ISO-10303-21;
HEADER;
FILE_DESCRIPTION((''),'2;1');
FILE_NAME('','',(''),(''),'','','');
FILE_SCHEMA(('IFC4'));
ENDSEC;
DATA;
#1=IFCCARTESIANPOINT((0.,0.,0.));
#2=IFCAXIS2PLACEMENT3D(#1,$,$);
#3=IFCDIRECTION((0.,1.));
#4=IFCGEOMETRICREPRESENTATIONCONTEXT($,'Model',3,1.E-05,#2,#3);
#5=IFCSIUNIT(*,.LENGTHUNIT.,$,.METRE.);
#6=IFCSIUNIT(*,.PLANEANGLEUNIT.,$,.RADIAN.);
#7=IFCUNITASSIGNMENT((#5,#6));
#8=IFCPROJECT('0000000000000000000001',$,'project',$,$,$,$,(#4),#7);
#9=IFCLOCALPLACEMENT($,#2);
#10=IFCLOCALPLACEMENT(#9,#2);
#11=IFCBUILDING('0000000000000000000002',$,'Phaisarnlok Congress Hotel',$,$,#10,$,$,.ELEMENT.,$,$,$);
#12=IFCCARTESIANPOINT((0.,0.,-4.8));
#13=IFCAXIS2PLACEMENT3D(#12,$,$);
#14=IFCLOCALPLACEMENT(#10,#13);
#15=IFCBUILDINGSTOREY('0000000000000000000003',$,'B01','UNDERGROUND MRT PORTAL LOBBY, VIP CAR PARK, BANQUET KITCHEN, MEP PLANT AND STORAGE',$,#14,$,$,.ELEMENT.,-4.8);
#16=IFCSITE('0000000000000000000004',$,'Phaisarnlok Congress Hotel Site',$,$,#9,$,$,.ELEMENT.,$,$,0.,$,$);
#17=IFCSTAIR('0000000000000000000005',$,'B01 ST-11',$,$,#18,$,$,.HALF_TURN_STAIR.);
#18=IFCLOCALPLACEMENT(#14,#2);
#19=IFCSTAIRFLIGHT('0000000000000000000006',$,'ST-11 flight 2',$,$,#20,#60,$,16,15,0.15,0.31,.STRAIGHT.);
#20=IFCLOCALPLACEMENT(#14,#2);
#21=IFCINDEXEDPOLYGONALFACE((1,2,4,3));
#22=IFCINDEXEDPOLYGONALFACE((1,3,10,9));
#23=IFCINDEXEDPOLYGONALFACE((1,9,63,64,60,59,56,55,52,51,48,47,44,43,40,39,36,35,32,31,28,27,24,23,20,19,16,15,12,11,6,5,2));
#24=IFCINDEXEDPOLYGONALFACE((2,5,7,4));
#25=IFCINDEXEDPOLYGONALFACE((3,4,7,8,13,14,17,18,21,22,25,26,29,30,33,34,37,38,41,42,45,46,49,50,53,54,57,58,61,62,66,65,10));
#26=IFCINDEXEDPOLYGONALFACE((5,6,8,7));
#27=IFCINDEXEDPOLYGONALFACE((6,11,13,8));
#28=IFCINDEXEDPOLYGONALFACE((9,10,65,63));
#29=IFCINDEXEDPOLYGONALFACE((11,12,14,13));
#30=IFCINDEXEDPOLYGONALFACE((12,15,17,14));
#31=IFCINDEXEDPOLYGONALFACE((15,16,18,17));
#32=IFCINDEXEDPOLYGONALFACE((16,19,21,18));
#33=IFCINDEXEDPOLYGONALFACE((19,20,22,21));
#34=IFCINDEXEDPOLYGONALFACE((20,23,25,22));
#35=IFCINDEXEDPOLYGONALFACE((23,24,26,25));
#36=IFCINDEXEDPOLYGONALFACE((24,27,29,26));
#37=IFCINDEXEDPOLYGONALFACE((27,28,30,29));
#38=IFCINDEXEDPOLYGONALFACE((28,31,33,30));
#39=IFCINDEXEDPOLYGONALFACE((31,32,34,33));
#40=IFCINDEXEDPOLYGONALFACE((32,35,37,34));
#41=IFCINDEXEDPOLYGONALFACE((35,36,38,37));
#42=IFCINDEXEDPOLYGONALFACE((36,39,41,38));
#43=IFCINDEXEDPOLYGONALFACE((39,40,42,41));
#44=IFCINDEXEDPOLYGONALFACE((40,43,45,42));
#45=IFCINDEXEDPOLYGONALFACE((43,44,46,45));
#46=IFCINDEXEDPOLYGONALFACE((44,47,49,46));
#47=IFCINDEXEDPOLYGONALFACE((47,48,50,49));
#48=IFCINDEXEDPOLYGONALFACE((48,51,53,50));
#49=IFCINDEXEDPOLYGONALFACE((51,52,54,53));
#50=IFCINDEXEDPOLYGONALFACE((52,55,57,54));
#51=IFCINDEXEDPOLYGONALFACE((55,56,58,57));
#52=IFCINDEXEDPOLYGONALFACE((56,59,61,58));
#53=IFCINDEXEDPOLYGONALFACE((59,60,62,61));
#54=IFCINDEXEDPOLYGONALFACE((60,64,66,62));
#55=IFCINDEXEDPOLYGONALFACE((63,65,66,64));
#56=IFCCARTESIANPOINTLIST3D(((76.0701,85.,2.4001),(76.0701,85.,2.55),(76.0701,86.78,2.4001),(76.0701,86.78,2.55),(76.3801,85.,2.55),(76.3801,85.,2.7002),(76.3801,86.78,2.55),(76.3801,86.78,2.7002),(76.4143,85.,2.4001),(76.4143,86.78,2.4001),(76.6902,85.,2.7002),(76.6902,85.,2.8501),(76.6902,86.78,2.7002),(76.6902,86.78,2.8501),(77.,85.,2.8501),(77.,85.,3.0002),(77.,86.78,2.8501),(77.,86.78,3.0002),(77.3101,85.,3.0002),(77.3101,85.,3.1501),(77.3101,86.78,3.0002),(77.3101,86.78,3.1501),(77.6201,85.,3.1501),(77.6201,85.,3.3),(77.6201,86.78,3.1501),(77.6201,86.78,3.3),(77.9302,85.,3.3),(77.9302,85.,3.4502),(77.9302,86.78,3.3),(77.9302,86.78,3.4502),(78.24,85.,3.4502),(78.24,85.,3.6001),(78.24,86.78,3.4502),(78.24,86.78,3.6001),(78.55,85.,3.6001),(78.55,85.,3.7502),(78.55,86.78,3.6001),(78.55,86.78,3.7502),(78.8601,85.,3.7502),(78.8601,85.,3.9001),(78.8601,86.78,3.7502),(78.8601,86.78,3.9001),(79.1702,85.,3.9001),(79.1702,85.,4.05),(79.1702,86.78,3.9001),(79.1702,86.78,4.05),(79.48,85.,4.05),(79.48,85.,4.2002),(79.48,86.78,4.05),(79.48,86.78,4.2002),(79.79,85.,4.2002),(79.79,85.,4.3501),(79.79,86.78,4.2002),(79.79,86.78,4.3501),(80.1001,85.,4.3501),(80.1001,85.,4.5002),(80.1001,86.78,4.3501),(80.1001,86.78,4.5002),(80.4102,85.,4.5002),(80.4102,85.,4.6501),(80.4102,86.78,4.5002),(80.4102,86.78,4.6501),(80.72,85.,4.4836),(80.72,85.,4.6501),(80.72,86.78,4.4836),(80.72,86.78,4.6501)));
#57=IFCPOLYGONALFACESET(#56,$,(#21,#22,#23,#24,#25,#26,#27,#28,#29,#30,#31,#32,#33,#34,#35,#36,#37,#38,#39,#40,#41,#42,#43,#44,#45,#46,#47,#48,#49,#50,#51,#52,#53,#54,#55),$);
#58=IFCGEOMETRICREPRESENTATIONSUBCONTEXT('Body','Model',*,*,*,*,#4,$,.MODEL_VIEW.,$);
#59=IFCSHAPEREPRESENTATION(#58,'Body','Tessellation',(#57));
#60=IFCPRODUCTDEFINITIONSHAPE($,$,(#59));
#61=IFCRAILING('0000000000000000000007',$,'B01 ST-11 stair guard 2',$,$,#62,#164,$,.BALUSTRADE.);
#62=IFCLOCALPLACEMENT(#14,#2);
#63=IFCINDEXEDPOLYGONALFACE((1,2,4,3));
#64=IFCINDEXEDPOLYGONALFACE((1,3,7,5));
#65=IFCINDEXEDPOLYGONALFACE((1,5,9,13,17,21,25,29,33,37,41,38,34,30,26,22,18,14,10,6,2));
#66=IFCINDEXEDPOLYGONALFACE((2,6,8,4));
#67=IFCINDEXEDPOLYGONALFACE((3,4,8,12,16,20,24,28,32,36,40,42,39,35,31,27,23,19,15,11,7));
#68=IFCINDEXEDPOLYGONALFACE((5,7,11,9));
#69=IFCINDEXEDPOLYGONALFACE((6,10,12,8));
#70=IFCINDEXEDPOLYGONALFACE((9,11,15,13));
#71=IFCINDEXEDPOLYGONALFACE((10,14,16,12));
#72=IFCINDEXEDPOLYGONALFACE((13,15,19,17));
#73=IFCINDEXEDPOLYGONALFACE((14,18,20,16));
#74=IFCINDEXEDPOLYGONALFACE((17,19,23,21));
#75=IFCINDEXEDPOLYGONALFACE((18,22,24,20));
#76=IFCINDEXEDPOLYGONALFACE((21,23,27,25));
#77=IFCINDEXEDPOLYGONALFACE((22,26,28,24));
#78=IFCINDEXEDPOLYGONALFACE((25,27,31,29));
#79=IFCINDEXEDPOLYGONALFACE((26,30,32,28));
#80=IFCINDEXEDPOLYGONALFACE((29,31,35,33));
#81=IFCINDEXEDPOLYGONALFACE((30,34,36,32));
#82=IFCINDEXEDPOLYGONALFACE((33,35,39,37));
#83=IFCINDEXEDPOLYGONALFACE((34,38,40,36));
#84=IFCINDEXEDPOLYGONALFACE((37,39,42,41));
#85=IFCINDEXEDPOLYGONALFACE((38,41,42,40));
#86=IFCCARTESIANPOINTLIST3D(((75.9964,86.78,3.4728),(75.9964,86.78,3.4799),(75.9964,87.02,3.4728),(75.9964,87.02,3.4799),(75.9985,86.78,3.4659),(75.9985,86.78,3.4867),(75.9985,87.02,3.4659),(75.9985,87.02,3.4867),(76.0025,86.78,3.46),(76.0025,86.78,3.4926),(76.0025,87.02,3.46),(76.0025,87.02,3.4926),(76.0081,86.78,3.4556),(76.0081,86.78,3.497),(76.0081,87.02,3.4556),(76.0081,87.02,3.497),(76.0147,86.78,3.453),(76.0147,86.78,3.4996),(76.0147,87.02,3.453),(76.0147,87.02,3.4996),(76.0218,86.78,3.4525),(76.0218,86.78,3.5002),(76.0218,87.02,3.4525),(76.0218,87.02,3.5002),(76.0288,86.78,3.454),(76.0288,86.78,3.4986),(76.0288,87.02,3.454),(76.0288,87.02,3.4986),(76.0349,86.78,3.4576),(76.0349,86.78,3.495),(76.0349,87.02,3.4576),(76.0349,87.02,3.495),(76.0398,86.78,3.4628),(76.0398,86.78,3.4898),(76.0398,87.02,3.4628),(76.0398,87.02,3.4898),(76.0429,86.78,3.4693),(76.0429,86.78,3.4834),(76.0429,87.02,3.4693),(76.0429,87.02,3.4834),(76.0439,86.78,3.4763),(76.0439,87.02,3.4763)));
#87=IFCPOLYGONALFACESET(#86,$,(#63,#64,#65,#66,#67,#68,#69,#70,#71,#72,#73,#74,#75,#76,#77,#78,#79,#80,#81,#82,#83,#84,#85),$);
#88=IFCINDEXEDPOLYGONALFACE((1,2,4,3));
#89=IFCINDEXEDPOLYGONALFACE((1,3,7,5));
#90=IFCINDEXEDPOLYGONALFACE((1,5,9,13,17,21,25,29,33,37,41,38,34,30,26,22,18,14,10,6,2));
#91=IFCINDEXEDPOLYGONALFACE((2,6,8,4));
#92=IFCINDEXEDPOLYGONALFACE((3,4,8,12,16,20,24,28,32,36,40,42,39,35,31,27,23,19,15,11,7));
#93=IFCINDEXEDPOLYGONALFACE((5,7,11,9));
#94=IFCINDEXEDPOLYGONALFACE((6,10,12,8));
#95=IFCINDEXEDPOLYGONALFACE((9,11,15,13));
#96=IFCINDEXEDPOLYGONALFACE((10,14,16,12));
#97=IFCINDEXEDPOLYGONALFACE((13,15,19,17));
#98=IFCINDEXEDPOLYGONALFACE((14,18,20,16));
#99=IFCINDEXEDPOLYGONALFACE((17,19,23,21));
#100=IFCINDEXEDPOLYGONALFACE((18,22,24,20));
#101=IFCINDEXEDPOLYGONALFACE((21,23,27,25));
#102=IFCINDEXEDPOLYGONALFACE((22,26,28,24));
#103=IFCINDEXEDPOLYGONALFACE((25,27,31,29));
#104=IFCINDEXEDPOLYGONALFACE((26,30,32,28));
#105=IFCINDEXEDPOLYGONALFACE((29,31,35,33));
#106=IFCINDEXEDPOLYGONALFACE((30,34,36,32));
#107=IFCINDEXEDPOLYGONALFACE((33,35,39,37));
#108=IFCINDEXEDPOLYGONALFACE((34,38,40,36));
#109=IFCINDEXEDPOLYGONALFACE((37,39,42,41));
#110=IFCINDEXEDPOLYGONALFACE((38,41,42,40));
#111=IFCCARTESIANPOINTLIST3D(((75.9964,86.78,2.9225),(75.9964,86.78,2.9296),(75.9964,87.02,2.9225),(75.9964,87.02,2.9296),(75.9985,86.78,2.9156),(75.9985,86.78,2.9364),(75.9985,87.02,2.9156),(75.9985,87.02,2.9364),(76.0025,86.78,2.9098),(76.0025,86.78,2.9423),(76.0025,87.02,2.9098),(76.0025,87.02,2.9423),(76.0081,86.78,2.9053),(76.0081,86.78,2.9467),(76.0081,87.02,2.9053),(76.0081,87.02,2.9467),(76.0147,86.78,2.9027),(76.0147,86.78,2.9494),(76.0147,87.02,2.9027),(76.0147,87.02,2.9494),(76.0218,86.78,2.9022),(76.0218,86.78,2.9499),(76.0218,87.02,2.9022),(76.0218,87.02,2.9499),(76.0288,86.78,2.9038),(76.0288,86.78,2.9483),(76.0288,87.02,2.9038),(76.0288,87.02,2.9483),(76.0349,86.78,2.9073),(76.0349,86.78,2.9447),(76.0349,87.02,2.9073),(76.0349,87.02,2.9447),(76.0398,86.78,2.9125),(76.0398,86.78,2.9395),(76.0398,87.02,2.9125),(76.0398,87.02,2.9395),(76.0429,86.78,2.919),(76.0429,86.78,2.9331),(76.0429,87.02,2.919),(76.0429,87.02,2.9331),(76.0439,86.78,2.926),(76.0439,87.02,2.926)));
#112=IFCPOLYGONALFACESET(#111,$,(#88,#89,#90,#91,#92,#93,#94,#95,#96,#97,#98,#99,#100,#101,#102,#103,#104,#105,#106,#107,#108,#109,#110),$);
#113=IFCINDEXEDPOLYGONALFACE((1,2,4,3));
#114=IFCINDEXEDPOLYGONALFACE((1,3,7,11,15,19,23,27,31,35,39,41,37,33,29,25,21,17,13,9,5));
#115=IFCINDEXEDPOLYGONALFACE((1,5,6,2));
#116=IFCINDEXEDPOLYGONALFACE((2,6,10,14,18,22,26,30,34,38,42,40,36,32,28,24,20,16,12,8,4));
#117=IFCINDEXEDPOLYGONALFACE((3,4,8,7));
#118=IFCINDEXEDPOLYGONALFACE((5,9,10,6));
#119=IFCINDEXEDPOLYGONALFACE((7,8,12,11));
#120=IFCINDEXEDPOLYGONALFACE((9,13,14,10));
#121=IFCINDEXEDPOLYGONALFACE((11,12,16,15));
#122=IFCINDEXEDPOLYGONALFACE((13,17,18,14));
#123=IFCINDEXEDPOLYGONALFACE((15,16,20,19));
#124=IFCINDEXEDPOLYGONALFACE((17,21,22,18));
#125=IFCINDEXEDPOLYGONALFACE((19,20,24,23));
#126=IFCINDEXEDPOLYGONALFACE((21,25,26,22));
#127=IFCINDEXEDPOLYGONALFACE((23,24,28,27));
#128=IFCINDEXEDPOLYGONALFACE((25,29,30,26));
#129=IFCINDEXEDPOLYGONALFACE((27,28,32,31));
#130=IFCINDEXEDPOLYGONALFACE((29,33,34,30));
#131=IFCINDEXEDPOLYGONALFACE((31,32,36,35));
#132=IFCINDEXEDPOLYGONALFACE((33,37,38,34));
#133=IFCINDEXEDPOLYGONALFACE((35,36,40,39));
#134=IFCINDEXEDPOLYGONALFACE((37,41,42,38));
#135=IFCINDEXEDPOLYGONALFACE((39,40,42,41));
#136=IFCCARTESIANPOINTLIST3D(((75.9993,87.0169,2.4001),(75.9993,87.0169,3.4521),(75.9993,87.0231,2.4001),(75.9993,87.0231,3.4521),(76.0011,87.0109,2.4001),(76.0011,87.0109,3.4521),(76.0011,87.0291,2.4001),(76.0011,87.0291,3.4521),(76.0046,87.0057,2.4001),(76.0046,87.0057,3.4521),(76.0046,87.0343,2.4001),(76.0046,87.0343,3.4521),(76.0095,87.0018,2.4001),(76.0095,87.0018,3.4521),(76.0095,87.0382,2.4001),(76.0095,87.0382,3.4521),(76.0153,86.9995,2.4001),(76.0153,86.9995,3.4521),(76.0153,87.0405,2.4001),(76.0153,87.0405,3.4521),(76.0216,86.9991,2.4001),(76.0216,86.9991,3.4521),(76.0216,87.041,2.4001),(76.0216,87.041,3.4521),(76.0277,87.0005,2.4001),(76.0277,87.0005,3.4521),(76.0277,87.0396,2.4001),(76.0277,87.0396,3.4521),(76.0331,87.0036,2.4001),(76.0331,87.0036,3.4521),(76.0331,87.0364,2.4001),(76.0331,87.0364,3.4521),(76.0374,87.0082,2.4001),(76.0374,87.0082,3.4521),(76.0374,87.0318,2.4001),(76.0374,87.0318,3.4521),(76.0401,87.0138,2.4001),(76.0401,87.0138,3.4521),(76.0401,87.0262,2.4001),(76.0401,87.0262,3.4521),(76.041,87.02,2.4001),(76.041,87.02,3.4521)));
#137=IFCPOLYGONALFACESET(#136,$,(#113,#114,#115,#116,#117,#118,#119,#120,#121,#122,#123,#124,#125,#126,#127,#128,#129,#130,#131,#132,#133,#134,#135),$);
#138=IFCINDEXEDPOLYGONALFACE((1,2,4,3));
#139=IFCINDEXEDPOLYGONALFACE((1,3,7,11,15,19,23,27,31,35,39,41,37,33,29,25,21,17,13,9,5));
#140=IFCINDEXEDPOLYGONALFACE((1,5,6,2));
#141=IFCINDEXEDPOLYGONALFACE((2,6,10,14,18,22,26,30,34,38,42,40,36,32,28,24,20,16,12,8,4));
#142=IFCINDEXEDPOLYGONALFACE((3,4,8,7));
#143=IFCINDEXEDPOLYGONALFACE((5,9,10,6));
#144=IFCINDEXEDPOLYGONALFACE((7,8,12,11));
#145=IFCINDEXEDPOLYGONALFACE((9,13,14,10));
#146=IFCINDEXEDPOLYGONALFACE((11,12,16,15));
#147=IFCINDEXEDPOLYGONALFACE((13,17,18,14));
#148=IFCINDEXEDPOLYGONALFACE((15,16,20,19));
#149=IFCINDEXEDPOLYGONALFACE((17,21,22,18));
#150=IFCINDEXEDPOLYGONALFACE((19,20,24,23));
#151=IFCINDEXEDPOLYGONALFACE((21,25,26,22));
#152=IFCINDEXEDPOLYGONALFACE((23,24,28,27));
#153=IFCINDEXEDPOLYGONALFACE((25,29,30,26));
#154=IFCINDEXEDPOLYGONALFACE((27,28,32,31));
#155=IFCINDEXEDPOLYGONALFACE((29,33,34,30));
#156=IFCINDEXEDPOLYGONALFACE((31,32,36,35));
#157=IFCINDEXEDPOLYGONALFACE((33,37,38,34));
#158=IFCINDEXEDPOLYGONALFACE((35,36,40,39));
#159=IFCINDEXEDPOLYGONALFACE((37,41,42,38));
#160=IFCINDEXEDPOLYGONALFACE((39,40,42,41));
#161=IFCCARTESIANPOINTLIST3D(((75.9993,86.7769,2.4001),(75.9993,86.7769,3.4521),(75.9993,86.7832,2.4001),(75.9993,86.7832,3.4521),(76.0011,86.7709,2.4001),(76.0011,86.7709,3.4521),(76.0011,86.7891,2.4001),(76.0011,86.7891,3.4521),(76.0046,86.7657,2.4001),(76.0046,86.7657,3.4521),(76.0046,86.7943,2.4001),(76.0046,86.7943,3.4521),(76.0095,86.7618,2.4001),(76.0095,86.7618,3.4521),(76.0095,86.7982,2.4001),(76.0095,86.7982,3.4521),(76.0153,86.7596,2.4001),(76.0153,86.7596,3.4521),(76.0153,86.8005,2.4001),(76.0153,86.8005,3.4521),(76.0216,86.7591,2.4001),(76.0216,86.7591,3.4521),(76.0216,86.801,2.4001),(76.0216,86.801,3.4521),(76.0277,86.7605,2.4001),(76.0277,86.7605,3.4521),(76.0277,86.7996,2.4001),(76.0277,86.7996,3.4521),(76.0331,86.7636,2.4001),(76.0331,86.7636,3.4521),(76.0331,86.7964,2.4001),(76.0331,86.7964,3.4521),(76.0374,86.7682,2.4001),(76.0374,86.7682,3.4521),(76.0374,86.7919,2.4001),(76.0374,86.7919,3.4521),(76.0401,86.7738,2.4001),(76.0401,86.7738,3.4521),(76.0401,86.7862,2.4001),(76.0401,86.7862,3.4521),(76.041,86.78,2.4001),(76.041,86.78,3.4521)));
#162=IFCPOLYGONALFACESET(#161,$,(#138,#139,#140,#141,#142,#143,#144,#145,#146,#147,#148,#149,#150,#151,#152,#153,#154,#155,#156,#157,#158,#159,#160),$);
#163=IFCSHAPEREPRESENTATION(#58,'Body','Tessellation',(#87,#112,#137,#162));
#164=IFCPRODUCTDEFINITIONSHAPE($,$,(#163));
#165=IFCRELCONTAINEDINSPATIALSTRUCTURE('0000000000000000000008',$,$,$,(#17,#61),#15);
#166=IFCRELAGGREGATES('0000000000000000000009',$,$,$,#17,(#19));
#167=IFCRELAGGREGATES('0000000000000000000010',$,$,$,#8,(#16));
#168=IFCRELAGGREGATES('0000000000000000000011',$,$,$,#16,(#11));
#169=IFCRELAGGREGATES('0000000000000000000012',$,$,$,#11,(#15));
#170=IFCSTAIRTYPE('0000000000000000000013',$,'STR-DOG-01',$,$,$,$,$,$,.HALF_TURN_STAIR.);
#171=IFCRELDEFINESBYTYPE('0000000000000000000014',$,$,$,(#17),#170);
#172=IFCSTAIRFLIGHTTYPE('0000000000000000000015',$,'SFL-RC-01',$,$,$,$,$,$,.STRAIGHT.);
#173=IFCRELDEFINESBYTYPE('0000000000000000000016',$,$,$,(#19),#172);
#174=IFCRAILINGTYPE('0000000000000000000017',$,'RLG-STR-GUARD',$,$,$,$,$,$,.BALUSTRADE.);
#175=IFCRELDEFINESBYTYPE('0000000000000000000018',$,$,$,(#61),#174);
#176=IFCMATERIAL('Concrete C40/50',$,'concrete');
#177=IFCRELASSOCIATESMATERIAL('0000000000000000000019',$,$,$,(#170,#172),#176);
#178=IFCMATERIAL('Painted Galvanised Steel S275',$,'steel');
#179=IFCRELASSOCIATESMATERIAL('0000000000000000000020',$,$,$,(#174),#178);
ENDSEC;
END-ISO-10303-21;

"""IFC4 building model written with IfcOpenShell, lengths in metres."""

from ifc_helpers import new_model, si_unit, direction, frame, origin, origin_2d, place, context, subcontext, project, spatial, polyline, circle, outline, extrude, material, type_object, element, aggregate, save


model = new_model("IFC4")

# Units and contexts
model_context = context("Model", 3, precision=1e-05, world=origin(), true_north=direction((0.0, 1.0)))
body_context = subcontext(model_context, "Body", "Model", "MODEL_VIEW")
ifc_project = project(units=[si_unit("LENGTHUNIT", "METRE"), si_unit("PLANEANGLEUNIT", "RADIAN")], contexts=[model_context])

# Site, building, storey
site_placement = place(None, origin())
site = spatial("IfcSite", under=ifc_project, at=site_placement, Name="Phaisarnlok Congress Hotel Site", CompositionType="ELEMENT", RefElevation=0.0)
building_placement = place(site_placement, origin())
building = spatial("IfcBuilding", under=site, at=building_placement, Name="Phaisarnlok Congress Hotel", CompositionType="ELEMENT")
storey_placement = place(building_placement, frame((0.0, 0.0, -4.8)))
storey = spatial("IfcBuildingStorey", under=building, at=storey_placement, Name="B01", Description="UNDERGROUND MRT PORTAL LOBBY, VIP CAR PARK, BANQUET KITCHEN, MEP PLANT AND STORAGE", CompositionType="ELEMENT", Elevation=-4.8)

# Shared definitions
ifc_material_1 = material(Name="Concrete C40/50", Category="concrete")

# Stair, stair flight
stair_type = type_object("IfcStairType", Name="STR-DOG-01", PredefinedType="HALF_TURN_STAIR", material=ifc_material_1)
stair_placement = place(storey_placement, origin())
stair = element("IfcStair", 1, at=stair_placement, inside=storey, type_object=stair_type, Name="B01 ST-11", PredefinedType="HALF_TURN_STAIR")
stair_flight_type = type_object("IfcStairFlightType", Name="SFL-RC-01", PredefinedType="STRAIGHT", material=ifc_material_1)
stair_flight_placement = place(storey_placement, frame((76.0701, 85.8899, 2.4001), z_axis=(0.0, 0.0, 1.0), x_axis=(1.0, 0.0, 0.0)))
stair_flight = element("IfcStairFlight", 2, at=stair_flight_placement, type_object=stair_flight_type, Name="ST-11 flight 2", NumberOfRisers=16, NumberOfTreads=15, PredefinedType="STRAIGHT", RiserHeight=0.15, TreadLength=0.31, context=body_context, shape_type="SweptSolid", body=[
    extrude(outline(polyline([(0.0, 0.0), (0.0, 0.1499), (0.3101, 0.1499), (0.3101, 0.3), (0.6201, 0.3), (0.6201, 0.45), (0.9299, 0.45), (0.9299, 0.6001), (1.24, 0.6001), (1.24, 0.75), (1.55, 0.75), (1.55, 0.8999), (1.8601, 0.8999), (1.8601, 1.05), (2.1699, 1.05), (2.1699, 1.2), (2.48, 1.2), (2.48, 1.3501), (2.79, 1.3501), (2.79, 1.5), (3.1001, 1.5), (3.1001, 1.6499), (3.4099, 1.6499), (3.4099, 1.8), (3.72, 1.8), (3.72, 1.95), (4.03, 1.95), (4.03, 2.1001), (4.3401, 2.1001), (4.3401, 2.25), (4.6499, 2.25), (4.6499, 2.3999), (4.6499, 2.0835), (0.3442, 0.0), (0.0, 0.0)])), frame((0.0, 0.8901, 0.0), z_axis=(0.0, -1.0, 0.0), x_axis=(1.0, 0.0, 0.0)), (0.0, 0.0, 1.0), 1.78),
])
aggregate(stair, [stair_flight])

# Railing
ifc_material_2 = material(Name="Painted Galvanised Steel S275", Category="steel")
railing_type_1 = type_object("IfcRailingType", Name="RLG-STR-GUARD", PredefinedType="BALUSTRADE", material=ifc_material_2)
railing_1_placement = place(storey_placement, frame((76.02, 87.02, 2.4001)))
element("IfcRailing", 3, at=railing_1_placement, inside=storey, type_object=railing_type_1, Name="B01 ST-11 stair guard 2", PredefinedType="BALUSTRADE", context=body_context, shape_type="SweptSolid", body=[
    extrude(circle(Radius=0.0239, at=origin_2d()), frame((0.0, 0.0, 1.0762), z_axis=(0.0, -1.0, 0.0), x_axis=(1.0, 0.0, 0.0)), (0.0, 0.0, 1.0), 0.24),
    extrude(circle(Radius=0.0239, at=origin_2d()), frame((0.0, 0.0, 0.5259), z_axis=(0.0, -1.0, 0.0), x_axis=(1.0, 0.0, 0.0)), (0.0, 0.0, 1.0), 0.24),
    extrude(circle(Radius=0.021, at=origin_2d()), origin(), (0.0, 0.0, 1.0), 1.052),
    extrude(circle(Radius=0.021, at=origin_2d()), frame((0.0, -0.24, 0.0)), (0.0, 0.0, 1.0), 1.052),
])

save(model, "model.ifc")
